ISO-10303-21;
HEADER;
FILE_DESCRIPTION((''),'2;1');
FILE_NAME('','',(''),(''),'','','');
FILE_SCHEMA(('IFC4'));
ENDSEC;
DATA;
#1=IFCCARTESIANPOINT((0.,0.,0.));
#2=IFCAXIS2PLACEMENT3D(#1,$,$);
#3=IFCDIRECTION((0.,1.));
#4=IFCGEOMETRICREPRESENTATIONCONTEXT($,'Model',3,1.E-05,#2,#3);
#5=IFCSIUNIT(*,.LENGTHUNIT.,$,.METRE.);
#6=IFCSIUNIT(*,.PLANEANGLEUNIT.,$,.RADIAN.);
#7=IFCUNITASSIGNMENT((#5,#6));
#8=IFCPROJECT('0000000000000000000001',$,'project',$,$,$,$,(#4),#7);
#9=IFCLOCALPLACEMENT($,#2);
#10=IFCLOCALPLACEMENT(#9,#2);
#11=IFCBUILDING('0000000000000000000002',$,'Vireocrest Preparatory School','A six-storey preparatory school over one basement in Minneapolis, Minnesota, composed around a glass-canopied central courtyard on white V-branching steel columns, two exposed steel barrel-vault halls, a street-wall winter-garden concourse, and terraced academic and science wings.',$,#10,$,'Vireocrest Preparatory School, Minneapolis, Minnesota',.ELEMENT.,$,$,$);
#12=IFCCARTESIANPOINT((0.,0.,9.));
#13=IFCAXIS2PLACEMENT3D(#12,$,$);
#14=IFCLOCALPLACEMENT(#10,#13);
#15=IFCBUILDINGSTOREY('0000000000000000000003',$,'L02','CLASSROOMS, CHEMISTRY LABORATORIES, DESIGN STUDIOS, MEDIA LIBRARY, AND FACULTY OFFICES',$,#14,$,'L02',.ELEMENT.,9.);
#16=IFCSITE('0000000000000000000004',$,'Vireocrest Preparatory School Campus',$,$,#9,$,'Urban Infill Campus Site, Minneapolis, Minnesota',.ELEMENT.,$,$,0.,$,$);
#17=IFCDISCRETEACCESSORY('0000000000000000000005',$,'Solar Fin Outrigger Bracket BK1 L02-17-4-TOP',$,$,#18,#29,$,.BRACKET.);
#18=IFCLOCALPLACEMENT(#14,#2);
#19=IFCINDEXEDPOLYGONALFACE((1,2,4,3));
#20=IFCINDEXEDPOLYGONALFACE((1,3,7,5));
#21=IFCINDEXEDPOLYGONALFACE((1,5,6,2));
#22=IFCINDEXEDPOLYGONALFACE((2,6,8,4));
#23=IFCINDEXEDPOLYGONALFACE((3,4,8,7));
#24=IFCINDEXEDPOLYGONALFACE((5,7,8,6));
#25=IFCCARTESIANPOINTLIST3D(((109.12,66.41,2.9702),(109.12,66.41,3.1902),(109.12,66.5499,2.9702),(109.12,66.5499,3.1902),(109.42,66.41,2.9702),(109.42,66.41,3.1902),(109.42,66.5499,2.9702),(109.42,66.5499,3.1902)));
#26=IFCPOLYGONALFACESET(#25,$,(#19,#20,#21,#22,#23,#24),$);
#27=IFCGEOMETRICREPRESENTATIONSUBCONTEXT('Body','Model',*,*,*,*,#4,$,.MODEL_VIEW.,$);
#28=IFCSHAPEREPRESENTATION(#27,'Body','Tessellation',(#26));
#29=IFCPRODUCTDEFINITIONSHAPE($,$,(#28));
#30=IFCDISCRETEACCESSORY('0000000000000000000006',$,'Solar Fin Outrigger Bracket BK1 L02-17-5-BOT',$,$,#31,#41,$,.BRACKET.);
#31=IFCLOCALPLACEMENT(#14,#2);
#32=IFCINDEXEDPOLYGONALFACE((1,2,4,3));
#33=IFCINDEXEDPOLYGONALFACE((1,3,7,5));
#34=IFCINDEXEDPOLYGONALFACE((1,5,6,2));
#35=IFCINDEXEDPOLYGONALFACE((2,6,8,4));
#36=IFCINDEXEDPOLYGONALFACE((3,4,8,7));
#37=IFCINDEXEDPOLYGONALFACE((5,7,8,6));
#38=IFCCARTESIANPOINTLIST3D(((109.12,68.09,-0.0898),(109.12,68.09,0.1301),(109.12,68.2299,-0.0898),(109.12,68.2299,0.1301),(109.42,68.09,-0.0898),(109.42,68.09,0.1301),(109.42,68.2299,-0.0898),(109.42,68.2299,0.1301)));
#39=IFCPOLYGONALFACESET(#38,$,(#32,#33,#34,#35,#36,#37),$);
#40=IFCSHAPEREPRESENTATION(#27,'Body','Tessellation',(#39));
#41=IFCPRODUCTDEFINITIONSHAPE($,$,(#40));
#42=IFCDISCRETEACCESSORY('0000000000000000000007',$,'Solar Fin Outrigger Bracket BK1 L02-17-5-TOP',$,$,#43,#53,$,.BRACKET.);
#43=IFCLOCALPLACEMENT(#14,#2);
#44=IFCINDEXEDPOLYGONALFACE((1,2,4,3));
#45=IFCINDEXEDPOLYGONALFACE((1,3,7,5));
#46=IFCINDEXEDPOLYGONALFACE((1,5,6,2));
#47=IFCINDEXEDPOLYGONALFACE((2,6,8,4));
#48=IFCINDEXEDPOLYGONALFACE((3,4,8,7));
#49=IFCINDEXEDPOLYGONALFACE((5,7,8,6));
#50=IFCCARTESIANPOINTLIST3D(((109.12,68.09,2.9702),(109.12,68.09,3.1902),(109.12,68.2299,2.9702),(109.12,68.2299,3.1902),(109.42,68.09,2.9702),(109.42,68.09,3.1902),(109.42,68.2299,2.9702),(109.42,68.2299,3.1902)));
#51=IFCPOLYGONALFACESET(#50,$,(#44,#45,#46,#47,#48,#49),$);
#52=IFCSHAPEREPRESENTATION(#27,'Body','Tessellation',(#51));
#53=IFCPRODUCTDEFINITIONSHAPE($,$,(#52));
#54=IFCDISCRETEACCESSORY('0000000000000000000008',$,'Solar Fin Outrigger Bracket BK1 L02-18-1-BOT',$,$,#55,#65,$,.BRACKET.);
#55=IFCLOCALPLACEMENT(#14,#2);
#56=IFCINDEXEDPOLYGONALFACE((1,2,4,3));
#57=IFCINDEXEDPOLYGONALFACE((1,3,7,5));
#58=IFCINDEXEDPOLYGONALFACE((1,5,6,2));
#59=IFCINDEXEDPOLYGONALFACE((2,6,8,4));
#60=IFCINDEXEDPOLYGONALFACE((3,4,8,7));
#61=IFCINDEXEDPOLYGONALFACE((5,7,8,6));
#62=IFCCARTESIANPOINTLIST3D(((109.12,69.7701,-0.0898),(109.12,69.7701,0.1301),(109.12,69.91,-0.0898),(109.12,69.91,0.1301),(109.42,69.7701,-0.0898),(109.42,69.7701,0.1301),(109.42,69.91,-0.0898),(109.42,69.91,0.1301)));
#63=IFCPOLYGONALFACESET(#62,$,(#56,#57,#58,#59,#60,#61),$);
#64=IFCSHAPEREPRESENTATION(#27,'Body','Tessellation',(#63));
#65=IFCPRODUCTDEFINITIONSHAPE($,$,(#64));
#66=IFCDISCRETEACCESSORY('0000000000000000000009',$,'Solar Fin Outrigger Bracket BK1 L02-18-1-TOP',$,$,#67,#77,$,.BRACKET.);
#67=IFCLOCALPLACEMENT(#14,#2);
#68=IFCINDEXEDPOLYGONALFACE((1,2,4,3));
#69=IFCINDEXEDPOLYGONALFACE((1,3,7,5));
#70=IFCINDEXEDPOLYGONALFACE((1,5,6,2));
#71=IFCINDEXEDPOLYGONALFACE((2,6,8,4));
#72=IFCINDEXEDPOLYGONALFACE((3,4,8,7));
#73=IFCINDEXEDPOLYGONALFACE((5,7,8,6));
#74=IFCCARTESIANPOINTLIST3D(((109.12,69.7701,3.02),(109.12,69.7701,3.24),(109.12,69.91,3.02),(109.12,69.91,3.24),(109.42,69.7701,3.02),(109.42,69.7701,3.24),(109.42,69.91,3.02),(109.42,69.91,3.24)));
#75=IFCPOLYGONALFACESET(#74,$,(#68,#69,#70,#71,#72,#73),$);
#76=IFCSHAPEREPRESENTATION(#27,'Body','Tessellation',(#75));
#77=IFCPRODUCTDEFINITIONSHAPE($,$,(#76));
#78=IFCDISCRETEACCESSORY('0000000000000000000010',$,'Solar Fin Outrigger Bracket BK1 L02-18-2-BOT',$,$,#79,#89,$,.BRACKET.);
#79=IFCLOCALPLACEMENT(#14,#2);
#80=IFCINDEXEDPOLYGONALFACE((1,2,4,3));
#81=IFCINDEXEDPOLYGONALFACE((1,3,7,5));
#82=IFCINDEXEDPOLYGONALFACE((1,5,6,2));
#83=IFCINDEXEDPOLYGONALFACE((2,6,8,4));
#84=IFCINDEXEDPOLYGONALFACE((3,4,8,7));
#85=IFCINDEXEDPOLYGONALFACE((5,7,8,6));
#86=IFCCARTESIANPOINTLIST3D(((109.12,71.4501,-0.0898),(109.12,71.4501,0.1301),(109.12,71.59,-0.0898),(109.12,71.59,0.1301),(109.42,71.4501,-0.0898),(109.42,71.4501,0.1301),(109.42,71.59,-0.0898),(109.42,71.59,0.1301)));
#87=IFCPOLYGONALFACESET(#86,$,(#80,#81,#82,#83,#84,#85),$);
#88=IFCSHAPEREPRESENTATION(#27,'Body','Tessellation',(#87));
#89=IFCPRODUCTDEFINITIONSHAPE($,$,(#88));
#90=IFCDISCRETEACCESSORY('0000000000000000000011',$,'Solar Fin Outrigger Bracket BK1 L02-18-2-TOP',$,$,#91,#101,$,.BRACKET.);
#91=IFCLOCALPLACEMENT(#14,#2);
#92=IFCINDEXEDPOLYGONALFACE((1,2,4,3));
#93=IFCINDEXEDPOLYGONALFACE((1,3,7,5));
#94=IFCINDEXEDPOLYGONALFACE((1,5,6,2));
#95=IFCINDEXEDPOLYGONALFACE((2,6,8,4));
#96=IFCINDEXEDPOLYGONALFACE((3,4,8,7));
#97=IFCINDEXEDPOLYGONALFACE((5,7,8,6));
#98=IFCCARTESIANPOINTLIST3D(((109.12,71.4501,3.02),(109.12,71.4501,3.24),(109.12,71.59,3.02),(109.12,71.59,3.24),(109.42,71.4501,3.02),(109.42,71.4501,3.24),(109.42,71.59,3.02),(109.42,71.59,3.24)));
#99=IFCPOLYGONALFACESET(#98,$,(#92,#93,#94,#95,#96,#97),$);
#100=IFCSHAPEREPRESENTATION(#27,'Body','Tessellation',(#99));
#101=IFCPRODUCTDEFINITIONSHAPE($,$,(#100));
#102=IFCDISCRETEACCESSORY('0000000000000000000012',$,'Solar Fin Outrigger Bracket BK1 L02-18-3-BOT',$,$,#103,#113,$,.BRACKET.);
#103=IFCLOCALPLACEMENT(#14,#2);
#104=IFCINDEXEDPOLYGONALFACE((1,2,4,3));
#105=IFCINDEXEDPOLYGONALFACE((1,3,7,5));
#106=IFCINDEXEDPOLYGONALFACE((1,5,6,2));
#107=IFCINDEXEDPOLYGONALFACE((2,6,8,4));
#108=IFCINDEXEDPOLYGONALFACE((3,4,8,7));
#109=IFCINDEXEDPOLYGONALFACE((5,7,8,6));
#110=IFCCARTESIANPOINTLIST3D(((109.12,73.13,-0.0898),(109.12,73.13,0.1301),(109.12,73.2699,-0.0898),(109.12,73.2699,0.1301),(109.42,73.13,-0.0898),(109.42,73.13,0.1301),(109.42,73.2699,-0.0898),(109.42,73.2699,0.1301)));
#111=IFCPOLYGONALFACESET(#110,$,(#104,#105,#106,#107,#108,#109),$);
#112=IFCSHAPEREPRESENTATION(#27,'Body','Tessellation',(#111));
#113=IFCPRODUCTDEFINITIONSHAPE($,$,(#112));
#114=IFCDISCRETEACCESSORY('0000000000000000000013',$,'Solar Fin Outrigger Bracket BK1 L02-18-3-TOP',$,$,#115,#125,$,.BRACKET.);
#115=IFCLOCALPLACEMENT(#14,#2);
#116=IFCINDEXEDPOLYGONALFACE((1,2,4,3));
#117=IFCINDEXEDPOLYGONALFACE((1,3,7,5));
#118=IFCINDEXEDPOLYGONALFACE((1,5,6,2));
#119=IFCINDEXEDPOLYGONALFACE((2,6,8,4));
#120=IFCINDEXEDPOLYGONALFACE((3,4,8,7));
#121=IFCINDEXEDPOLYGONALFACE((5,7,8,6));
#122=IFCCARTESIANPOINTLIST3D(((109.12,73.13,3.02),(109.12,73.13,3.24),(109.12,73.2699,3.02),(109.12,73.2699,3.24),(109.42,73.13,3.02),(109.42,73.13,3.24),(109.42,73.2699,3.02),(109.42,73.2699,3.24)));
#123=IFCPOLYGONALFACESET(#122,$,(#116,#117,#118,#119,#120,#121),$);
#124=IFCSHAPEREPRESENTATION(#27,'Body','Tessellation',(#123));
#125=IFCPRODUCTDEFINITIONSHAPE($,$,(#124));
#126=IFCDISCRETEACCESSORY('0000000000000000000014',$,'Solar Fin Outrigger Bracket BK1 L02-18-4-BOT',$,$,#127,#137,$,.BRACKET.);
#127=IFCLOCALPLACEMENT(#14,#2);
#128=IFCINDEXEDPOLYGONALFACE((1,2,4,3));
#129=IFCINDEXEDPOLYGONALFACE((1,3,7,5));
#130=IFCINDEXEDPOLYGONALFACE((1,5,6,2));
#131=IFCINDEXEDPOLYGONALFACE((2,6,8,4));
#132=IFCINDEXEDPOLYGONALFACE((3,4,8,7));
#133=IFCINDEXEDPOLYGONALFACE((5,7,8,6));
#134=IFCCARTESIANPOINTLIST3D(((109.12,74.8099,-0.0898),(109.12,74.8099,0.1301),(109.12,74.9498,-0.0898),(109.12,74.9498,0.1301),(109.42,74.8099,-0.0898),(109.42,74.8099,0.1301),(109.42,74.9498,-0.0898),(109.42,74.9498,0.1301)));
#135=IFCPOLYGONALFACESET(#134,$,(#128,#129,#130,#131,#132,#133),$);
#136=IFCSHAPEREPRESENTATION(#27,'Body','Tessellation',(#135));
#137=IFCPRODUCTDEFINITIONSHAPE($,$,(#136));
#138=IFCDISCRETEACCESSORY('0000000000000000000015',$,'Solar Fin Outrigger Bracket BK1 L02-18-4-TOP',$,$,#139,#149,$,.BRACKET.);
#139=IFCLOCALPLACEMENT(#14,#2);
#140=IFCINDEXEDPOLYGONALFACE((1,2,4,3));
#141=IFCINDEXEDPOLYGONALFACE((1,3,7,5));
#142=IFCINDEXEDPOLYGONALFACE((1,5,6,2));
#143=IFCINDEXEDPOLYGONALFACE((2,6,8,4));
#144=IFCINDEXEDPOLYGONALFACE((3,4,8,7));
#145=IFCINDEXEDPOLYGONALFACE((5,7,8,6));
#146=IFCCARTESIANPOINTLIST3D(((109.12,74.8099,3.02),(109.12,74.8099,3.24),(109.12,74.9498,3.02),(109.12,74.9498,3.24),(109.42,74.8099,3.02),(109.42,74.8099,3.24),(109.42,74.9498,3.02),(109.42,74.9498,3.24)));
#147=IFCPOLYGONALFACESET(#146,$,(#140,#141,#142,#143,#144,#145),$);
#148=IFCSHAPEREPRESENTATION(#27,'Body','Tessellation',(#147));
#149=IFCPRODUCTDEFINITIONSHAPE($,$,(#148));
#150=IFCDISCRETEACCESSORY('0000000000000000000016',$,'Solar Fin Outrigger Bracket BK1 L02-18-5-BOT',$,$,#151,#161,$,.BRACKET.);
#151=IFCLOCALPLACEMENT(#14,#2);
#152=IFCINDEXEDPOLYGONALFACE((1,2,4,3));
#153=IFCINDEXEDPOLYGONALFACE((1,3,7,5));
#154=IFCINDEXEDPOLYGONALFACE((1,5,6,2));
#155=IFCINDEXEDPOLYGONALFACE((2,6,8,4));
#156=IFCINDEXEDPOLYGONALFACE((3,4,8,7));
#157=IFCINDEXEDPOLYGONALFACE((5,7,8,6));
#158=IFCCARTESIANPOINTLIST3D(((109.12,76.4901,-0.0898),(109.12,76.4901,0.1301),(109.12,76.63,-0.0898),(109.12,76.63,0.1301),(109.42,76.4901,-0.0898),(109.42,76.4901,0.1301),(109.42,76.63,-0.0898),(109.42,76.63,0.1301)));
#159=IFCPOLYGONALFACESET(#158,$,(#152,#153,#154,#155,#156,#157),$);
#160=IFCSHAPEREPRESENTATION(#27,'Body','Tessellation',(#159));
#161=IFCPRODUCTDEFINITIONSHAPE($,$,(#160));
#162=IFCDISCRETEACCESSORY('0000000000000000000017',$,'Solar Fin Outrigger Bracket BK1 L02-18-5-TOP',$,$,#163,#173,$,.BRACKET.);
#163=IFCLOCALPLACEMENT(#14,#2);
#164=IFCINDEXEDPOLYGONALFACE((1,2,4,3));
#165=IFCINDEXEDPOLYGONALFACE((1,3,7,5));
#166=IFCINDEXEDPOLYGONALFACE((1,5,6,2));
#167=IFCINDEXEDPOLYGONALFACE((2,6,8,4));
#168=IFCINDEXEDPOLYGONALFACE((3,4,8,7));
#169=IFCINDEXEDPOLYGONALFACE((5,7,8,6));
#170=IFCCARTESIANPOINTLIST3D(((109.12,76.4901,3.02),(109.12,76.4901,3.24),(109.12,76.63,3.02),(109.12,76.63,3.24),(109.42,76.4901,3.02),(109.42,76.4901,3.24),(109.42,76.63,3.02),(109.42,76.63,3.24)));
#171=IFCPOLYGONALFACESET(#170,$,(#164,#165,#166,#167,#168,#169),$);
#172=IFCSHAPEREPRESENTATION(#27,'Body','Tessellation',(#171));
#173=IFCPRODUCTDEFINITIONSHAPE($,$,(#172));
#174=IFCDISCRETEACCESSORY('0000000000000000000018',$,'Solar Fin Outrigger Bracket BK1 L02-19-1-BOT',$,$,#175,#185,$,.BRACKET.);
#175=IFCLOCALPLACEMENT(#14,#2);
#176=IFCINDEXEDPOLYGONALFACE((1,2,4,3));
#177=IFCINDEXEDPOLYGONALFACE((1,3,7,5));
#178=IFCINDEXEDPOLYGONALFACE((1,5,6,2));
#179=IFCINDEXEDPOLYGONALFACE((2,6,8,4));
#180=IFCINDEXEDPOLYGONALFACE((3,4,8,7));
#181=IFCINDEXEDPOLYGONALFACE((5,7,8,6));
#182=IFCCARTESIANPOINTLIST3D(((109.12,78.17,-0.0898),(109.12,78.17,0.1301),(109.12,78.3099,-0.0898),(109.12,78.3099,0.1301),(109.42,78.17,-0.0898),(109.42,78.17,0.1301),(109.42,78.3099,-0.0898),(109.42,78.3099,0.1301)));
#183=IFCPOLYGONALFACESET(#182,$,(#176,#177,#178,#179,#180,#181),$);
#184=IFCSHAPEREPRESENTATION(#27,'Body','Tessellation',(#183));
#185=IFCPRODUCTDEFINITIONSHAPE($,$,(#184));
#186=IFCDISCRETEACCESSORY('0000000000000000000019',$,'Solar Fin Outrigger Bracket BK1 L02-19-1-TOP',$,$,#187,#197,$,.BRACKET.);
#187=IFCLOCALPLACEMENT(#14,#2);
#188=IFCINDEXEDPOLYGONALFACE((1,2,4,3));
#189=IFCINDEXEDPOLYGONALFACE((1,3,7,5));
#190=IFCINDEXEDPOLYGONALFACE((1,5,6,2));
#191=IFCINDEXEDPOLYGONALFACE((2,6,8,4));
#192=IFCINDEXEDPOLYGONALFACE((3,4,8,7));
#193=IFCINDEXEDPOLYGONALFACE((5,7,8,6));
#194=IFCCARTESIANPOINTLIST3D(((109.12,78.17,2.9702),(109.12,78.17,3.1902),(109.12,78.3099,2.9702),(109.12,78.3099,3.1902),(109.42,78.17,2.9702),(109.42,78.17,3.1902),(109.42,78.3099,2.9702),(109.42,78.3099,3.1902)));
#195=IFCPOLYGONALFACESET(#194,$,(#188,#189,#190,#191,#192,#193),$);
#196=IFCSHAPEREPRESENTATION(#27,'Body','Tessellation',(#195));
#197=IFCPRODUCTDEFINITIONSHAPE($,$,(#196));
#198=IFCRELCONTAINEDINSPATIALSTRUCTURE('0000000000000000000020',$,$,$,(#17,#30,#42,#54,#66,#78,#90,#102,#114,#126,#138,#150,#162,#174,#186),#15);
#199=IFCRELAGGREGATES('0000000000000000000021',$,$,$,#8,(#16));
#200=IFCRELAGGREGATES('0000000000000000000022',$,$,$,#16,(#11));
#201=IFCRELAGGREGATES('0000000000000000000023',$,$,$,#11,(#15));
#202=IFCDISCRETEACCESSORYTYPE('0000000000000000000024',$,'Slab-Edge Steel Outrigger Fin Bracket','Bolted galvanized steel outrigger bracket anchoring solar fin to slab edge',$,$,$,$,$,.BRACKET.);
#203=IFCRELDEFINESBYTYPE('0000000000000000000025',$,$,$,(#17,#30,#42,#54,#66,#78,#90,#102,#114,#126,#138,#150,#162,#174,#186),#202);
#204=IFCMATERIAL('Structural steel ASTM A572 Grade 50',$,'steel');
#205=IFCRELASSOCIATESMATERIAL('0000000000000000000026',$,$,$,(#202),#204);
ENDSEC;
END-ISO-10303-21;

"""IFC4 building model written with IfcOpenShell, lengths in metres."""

from ifc_helpers import new_model, si_unit, direction, frame, origin, origin_2d, place, context, subcontext, project, spatial, rectangle, extrude, material, type_object, element, save


model = new_model("IFC4")

# Units and contexts
model_context = context("Model", 3, precision=1e-05, world=origin(), true_north=direction((0.0, 1.0)))
body_context = subcontext(model_context, "Body", "Model", "MODEL_VIEW")
ifc_project = project(units=[si_unit("LENGTHUNIT", "METRE"), si_unit("PLANEANGLEUNIT", "RADIAN")], contexts=[model_context])

# Site, building, storey
site_placement = place(None, origin())
site = spatial("IfcSite", under=ifc_project, at=site_placement, Name="Vireocrest Preparatory School Campus", LongName="Urban Infill Campus Site, Minneapolis, Minnesota", CompositionType="ELEMENT", RefElevation=0.0)
building_placement = place(site_placement, origin())
building = spatial("IfcBuilding", under=site, at=building_placement, Name="Vireocrest Preparatory School", Description="A six-storey preparatory school over one basement in Minneapolis, Minnesota, composed around a glass-canopied central courtyard on white V-branching steel columns, two exposed steel barrel-vault halls, a street-wall winter-garden concourse, and terraced academic and science wings.", LongName="Vireocrest Preparatory School, Minneapolis, Minnesota", CompositionType="ELEMENT")
storey_placement = place(building_placement, frame((0.0, 0.0, 9.0)))
storey = spatial("IfcBuildingStorey", under=building, at=storey_placement, Name="L02", Description="CLASSROOMS, CHEMISTRY LABORATORIES, DESIGN STUDIOS, MEDIA LIBRARY, AND FACULTY OFFICES", LongName="L02", CompositionType="ELEMENT", Elevation=9.0)

# Discrete accessories
ifc_material_1 = material(Name="Structural steel ASTM A572 Grade 50", Category="steel")
discrete_accessory_type = type_object("IfcDiscreteAccessoryType", Name="Slab-Edge Steel Outrigger Fin Bracket", Description="Bolted galvanized steel outrigger bracket anchoring solar fin to slab edge", PredefinedType="BRACKET", material=ifc_material_1)
for number, where, z_axis, x_axis, name in (
    (1, (109.27, 66.48, 2.9702), (0.0, 0.0, 1.0), (0.0, -1.0, 0.0), "Solar Fin Outrigger Bracket BK1 L02-17-4-TOP"),
    (2, (109.27, 68.1599, -0.0898), (0.0, 0.0, 1.0), (0.0, -1.0, 0.0), "Solar Fin Outrigger Bracket BK1 L02-17-5-BOT"),
    (3, (109.27, 68.1599, 2.9702), (0.0, 0.0, 1.0), (0.0, -1.0, 0.0), "Solar Fin Outrigger Bracket BK1 L02-17-5-TOP"),
    (4, (109.27, 69.8401, -0.0898), (0.0, 0.0, 1.0), (0.0, -1.0, 0.0), "Solar Fin Outrigger Bracket BK1 L02-18-1-BOT"),
    (5, (109.27, 69.8401, 3.02), (0.0, 0.0, 1.0), (0.0, -1.0, 0.0), "Solar Fin Outrigger Bracket BK1 L02-18-1-TOP"),
    (6, (109.27, 71.52, -0.0898), (0.0, 0.0, 1.0), (0.0, -1.0, 0.0), "Solar Fin Outrigger Bracket BK1 L02-18-2-BOT"),
    (7, (109.27, 71.52, 3.02), (0.0, 0.0, 1.0), (0.0, -1.0, 0.0), "Solar Fin Outrigger Bracket BK1 L02-18-2-TOP"),
    (8, (109.27, 73.2, -0.0898), (0.0, 0.0, 1.0), (0.0, -1.0, 0.0), "Solar Fin Outrigger Bracket BK1 L02-18-3-BOT"),
    (9, (109.27, 73.2, 3.02), (0.0, 0.0, 1.0), (0.0, -1.0, 0.0), "Solar Fin Outrigger Bracket BK1 L02-18-3-TOP"),
    (10, (109.27, 74.8799, -0.0898), (0.0, 0.0, 1.0), (0.0, -1.0, 0.0), "Solar Fin Outrigger Bracket BK1 L02-18-4-BOT"),
    (11, (109.27, 74.8799, 3.02), (0.0, 0.0, 1.0), (0.0, -1.0, 0.0), "Solar Fin Outrigger Bracket BK1 L02-18-4-TOP"),
    (12, (109.27, 76.5601, -0.0898), (0.0, 0.0, 1.0), (0.0, -1.0, 0.0), "Solar Fin Outrigger Bracket BK1 L02-18-5-BOT"),
    (13, (109.27, 76.5601, 3.02), (0.0, 0.0, 1.0), (0.0, -1.0, 0.0), "Solar Fin Outrigger Bracket BK1 L02-18-5-TOP"),
    (14, (109.27, 78.24, -0.0898), (0.0, 0.0, 1.0), (0.0, -1.0, 0.0), "Solar Fin Outrigger Bracket BK1 L02-19-1-BOT"),
    (15, (109.27, 78.24, 2.9702), (0.0, 0.0, 1.0), (0.0, -1.0, 0.0), "Solar Fin Outrigger Bracket BK1 L02-19-1-TOP"),
):
    element("IfcDiscreteAccessory", number, at=place(storey_placement, frame(where, z_axis=z_axis, x_axis=x_axis)), inside=storey, type_object=discrete_accessory_type, Name=name, PredefinedType="BRACKET", context=body_context, shape_type="SweptSolid", body=[
        extrude(rectangle(XDim=0.1399, YDim=0.3, at=origin_2d()), origin(), (0.0, 0.0, 1.0), 0.22),
    ])

save(model, "model.ifc")
